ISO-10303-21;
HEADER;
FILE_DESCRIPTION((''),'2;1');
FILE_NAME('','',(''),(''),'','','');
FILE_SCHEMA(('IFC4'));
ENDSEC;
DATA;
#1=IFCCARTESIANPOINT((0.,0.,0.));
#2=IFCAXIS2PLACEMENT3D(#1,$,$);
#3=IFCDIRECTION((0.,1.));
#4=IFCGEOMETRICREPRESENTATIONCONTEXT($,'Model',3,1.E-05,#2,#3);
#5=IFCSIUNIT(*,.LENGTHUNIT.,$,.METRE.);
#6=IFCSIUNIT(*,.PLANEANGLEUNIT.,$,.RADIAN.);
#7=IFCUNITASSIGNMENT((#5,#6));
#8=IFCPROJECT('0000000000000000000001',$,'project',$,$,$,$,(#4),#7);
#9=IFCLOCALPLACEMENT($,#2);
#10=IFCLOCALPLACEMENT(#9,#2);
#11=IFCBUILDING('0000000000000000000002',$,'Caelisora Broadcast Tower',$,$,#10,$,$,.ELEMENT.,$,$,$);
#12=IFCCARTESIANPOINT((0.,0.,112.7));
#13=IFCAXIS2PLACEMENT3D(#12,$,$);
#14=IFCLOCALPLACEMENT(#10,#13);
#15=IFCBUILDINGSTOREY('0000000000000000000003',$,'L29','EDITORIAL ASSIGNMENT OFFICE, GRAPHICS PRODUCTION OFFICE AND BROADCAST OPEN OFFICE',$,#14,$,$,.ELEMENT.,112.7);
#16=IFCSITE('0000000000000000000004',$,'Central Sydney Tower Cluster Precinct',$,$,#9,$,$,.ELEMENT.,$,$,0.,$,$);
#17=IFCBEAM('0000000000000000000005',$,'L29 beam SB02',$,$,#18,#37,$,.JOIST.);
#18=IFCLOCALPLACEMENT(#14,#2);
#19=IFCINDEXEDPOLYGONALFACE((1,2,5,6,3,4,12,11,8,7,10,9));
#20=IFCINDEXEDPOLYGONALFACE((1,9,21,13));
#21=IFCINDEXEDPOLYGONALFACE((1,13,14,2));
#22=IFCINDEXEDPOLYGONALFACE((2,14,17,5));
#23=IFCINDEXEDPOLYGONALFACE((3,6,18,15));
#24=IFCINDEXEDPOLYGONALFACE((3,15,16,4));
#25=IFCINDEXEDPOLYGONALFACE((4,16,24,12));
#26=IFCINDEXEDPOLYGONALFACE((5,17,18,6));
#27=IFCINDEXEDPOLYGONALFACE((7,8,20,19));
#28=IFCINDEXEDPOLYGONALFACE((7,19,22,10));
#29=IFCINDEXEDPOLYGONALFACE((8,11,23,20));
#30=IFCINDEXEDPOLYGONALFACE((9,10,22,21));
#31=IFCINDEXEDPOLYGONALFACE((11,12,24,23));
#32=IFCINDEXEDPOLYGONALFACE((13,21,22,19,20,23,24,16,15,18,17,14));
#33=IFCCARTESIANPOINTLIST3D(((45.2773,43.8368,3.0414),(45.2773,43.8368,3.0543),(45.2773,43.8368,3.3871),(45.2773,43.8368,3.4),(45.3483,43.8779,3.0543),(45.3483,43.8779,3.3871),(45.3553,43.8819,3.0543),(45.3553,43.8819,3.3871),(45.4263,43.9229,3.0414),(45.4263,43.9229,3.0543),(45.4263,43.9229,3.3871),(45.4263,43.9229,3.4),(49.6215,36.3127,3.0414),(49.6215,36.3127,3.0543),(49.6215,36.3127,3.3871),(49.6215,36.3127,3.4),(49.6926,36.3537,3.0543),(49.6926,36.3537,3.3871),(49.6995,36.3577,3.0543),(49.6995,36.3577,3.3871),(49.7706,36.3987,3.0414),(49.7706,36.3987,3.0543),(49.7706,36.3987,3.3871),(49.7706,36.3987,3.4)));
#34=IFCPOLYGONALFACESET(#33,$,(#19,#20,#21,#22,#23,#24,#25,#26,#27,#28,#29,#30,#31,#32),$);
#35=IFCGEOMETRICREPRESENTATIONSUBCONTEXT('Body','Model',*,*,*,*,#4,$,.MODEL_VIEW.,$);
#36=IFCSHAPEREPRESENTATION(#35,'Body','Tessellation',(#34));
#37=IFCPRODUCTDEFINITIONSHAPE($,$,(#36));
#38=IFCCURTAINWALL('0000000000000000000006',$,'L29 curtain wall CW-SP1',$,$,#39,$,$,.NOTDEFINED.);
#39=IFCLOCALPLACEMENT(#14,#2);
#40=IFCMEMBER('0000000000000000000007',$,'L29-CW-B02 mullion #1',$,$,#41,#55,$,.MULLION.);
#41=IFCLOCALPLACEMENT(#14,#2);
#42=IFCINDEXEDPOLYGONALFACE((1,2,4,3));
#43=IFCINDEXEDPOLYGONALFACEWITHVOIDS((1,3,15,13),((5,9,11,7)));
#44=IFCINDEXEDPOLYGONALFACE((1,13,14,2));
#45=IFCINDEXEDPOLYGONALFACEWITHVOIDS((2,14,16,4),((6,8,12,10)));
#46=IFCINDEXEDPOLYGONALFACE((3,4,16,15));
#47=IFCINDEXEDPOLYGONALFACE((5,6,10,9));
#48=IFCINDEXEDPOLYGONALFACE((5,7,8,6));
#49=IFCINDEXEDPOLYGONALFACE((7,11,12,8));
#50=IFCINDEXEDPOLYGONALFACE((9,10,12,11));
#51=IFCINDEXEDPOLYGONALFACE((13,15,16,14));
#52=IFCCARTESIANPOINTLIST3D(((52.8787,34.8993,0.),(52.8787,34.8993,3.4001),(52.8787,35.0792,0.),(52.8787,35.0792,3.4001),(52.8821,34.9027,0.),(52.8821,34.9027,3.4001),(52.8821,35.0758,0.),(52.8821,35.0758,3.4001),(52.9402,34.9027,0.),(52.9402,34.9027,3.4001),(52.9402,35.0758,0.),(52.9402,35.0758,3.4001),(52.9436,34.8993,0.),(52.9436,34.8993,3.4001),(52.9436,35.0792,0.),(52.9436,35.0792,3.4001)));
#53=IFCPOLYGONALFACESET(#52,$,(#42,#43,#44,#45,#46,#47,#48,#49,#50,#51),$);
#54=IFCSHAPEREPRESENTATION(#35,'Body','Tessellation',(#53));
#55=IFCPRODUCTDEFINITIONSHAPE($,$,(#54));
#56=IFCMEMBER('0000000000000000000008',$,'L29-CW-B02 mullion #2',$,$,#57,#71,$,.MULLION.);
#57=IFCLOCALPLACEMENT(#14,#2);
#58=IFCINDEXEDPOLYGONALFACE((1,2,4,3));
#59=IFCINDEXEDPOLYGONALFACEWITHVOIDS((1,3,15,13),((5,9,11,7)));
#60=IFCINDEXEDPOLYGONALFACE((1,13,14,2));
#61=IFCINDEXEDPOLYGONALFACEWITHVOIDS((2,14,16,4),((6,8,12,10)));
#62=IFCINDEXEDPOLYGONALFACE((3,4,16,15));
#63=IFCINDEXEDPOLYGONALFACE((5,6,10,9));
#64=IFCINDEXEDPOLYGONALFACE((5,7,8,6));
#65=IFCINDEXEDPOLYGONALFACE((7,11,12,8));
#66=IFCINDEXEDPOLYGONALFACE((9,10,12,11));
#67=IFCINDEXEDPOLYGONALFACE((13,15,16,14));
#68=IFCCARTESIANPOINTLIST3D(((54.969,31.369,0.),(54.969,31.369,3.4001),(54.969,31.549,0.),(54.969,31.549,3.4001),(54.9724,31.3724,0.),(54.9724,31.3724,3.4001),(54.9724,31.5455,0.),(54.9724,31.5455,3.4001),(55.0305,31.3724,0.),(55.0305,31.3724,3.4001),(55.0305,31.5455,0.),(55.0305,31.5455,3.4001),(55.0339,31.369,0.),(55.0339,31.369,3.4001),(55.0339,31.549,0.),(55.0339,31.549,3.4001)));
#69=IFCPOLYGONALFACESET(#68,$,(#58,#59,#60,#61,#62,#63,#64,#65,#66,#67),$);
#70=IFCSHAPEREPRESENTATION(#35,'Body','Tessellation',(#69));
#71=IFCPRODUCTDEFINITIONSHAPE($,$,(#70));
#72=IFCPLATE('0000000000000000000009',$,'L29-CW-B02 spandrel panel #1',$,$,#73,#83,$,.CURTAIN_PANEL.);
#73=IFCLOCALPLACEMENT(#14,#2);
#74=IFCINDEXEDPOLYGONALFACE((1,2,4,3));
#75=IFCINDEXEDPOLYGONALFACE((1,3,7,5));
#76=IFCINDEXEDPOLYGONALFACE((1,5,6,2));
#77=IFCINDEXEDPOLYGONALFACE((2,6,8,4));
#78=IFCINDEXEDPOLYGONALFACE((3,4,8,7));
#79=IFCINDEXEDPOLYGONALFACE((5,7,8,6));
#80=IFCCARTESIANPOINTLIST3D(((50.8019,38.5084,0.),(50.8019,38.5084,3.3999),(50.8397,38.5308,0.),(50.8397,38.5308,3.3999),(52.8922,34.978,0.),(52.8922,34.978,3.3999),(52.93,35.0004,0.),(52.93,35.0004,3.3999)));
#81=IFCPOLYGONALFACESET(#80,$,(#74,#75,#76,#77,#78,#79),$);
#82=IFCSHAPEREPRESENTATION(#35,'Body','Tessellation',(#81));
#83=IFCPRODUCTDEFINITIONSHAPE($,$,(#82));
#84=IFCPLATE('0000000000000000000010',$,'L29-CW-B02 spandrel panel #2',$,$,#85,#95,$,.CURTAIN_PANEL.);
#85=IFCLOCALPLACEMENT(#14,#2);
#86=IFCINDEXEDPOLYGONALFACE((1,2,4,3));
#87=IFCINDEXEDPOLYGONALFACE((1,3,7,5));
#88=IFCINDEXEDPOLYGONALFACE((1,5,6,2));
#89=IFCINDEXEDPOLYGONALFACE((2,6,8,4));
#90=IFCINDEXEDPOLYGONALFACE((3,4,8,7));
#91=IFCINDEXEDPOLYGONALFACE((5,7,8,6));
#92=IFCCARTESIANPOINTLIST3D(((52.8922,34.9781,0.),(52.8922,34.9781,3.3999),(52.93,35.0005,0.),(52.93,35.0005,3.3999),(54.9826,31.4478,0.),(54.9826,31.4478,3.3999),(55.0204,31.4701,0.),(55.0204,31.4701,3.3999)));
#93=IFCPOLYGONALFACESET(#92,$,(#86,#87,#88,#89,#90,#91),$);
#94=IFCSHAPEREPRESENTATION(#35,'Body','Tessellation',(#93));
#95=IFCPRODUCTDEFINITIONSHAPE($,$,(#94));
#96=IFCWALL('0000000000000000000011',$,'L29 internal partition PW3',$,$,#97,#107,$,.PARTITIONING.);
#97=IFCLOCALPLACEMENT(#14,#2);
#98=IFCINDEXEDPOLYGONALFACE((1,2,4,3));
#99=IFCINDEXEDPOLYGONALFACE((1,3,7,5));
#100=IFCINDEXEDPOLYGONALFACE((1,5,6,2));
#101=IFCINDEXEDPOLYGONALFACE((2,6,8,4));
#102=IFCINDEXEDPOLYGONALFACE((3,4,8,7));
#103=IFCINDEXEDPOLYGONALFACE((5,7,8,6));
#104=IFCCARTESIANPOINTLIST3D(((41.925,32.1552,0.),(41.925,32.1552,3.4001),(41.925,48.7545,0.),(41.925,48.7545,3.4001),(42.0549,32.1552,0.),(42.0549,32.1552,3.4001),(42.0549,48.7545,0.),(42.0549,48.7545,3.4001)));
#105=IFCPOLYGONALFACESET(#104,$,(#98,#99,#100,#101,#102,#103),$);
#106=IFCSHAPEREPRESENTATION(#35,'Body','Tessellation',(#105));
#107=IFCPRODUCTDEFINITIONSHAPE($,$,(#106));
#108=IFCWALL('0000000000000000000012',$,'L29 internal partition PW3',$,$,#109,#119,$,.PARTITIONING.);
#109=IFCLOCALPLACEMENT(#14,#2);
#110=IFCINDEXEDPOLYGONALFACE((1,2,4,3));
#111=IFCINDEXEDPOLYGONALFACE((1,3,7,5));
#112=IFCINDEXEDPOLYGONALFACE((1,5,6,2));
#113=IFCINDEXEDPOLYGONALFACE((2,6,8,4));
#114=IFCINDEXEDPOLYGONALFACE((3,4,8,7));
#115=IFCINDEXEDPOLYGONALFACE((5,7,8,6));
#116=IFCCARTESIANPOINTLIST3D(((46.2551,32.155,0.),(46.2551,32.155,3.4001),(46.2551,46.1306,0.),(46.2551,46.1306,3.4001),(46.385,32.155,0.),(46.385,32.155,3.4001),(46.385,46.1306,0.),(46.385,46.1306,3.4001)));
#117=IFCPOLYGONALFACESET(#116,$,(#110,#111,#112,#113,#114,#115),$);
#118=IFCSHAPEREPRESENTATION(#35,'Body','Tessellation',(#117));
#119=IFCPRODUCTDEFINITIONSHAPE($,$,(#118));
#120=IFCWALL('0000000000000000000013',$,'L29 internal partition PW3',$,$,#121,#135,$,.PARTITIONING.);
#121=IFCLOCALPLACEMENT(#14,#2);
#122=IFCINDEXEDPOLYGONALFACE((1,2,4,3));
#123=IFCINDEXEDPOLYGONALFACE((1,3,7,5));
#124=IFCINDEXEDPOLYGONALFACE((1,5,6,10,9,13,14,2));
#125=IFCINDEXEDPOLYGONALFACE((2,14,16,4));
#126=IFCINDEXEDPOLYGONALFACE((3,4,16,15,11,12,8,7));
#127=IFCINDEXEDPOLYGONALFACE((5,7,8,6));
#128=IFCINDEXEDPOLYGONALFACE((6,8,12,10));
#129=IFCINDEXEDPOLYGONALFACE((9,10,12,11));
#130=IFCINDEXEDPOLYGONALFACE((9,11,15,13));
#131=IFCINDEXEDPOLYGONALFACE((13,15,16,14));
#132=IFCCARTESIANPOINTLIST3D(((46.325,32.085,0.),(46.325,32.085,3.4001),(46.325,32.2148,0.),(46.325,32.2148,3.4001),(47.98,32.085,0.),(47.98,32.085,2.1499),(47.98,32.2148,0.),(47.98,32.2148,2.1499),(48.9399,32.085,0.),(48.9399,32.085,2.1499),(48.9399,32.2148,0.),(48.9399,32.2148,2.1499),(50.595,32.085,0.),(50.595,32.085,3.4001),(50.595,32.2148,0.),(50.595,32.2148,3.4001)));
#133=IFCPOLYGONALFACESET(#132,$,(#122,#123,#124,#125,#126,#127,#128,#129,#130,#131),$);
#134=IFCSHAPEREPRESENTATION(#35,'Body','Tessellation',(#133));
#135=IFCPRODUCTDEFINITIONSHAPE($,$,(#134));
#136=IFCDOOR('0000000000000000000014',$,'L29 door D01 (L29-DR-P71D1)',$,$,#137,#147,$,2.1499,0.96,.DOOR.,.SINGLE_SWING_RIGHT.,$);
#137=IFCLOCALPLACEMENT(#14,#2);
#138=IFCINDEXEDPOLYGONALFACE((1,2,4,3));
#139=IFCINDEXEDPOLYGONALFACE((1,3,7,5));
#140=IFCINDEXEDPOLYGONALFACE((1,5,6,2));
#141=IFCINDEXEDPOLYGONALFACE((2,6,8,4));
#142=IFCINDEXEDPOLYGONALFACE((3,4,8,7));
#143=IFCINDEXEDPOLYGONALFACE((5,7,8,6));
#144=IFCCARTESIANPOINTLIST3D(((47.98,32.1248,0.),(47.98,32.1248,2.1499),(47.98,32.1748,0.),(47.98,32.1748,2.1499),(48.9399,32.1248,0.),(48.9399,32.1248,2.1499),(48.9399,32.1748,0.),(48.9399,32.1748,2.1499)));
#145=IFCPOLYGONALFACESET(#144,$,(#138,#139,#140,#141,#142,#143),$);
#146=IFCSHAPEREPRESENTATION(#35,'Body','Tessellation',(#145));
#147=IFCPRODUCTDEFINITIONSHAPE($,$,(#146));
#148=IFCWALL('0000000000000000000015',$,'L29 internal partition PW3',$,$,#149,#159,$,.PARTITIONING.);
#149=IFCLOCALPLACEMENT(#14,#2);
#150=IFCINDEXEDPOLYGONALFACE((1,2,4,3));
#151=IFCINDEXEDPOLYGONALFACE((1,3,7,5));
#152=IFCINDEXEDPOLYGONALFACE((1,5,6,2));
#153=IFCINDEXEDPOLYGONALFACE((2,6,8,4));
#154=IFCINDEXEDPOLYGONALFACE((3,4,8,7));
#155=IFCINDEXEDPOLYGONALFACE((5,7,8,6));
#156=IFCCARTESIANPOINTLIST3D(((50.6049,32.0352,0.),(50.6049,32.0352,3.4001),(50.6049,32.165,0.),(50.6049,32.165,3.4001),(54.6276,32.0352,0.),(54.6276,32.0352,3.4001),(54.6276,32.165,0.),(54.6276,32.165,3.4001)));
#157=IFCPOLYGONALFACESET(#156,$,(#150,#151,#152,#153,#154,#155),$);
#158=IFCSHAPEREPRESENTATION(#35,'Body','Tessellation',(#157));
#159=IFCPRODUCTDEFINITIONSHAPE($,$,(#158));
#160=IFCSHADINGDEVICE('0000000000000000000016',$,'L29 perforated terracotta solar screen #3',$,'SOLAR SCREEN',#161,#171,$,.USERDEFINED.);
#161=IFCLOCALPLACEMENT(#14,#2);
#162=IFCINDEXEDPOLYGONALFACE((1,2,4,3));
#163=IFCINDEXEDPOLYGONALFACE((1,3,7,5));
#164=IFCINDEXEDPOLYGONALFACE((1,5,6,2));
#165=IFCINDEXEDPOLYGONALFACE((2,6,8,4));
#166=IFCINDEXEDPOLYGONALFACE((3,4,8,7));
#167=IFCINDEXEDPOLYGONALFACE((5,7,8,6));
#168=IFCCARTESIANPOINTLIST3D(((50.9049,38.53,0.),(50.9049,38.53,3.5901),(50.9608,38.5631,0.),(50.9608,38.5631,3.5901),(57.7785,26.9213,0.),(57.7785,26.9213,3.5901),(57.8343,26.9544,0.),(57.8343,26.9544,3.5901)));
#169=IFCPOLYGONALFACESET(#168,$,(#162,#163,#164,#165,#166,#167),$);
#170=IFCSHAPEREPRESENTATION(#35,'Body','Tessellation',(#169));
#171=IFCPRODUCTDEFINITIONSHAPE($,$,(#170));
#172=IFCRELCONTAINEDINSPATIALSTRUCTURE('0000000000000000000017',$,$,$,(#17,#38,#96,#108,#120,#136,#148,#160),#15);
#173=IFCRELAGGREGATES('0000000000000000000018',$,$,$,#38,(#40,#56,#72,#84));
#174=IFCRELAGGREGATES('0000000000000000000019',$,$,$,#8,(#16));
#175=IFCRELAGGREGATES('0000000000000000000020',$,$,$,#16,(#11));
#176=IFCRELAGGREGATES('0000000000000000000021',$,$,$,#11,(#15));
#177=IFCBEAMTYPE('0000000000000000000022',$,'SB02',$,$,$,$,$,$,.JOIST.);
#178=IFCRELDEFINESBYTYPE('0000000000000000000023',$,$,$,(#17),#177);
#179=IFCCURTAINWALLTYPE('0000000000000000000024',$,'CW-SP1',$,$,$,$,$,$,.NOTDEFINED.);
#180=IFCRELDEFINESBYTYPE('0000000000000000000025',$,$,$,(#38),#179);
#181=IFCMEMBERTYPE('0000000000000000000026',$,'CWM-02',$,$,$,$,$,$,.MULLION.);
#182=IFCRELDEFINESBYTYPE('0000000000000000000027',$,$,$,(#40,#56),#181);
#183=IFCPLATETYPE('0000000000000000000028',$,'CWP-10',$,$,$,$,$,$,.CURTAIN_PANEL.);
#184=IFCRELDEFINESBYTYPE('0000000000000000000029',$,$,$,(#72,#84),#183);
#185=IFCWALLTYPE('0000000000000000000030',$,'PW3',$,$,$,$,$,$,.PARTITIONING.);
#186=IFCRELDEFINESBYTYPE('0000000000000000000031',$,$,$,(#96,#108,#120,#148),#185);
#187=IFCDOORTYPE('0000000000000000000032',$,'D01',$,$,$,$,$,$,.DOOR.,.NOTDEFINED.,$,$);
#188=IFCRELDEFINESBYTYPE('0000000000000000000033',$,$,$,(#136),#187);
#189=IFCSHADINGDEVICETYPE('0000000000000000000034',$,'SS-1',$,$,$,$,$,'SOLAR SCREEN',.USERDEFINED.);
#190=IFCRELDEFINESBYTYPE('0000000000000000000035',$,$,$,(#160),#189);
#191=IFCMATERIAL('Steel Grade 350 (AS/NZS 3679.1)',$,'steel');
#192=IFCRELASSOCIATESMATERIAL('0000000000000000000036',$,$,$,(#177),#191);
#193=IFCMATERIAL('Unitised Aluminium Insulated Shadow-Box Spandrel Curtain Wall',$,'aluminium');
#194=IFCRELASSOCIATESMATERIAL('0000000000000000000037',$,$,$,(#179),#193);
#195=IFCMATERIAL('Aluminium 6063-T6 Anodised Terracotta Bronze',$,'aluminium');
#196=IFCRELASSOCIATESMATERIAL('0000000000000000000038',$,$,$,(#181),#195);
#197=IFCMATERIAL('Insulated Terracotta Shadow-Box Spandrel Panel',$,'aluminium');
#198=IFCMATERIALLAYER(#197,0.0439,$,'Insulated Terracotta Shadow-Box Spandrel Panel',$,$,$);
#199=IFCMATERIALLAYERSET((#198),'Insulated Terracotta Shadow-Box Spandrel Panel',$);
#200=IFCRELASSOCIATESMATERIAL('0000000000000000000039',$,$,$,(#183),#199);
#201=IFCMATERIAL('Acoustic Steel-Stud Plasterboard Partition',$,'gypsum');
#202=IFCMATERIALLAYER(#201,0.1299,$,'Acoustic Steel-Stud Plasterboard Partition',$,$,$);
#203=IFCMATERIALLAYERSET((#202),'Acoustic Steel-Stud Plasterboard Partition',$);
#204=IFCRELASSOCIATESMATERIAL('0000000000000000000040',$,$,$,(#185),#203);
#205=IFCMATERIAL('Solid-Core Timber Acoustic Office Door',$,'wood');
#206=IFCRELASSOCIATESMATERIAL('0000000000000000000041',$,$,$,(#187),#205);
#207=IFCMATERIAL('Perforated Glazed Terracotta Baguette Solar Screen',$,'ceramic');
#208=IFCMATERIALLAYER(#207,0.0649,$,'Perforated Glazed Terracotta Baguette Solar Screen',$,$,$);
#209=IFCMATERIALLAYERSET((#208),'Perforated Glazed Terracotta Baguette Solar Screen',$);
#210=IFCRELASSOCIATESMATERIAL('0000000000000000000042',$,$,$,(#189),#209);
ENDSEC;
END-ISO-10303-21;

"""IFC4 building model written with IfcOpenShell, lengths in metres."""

from ifc_helpers import new_model, si_unit, direction, frame, frame_2d, origin, origin_2d, place, context, subcontext, project, spatial, rectangle, hollow_rectangle, i_section, extrude, source, transform, mapped, material, layer, layer_set, material_profile, profile_set, type_object, type_shapes, element, fill, aggregate, save


model = new_model("IFC4")

# Units and contexts
model_context = context("Model", 3, precision=1e-05, world=origin(), true_north=direction((0.0, 1.0)))
body_context = subcontext(model_context, "Body", "Model", "MODEL_VIEW")
ifc_project = project(units=[si_unit("LENGTHUNIT", "METRE"), si_unit("PLANEANGLEUNIT", "RADIAN")], contexts=[model_context])

# Site, building, storey
site_placement = place(None, origin())
site = spatial("IfcSite", under=ifc_project, at=site_placement, Name="Central Sydney Tower Cluster Precinct", CompositionType="ELEMENT", RefElevation=0.0)
building_placement = place(site_placement, origin())
building = spatial("IfcBuilding", under=site, at=building_placement, Name="Caelisora Broadcast Tower", CompositionType="ELEMENT")
storey_placement = place(building_placement, frame((0.0, 0.0, 112.7)))
storey = spatial("IfcBuildingStorey", under=building, at=storey_placement, Name="L29", Description="EDITORIAL ASSIGNMENT OFFICE, GRAPHICS PRODUCTION OFFICE AND BROADCAST OPEN OFFICE", CompositionType="ELEMENT", Elevation=112.7)

# Beam
ifc_material_1 = material(Name="Steel Grade 350 (AS/NZS 3679.1)", Category="steel")
ifc_material_profile_1 = material_profile(ifc_material_1, i_section(OverallWidth=0.1721, OverallDepth=0.3586, WebThickness=0.0081, FlangeThickness=0.0129, at=origin_2d()), Name="Steel Grade 350 (AS/NZS 3679.1)")
ifc_profile_set_1 = profile_set([ifc_material_profile_1], Name="Steel Grade 350 (AS/NZS 3679.1)")
beam_type_1 = type_object("IfcBeamType", Name="SB02", PredefinedType="JOIST", material=ifc_profile_set_1)
shared_shape_1 = source(origin(), body_context, "Body", "SweptSolid", [
    extrude(i_section(OverallWidth=0.1721, OverallDepth=0.3586, WebThickness=0.0081, FlangeThickness=0.0129, at=origin_2d()), origin(), (0.0, 0.0, 1.0), 8.6882),
])
beam_1_placement = place(storey_placement, frame((49.696, 36.3557, 3.2207), z_axis=(-0.500014, 0.866018, 0.0), x_axis=(-0.866018, -0.500014, 0.0)))
element("IfcBeam", 1, at=beam_1_placement, inside=storey, type_object=beam_type_1, Name="L29 beam SB02", PredefinedType="JOIST", context=body_context, shape_type="MappedRepresentation", body=[
    mapped(shared_shape_1, transform((0.0, 0.0, 0.0), scale=1.0)),
])

# Curtain wall, members, plates
ifc_material_2 = material(Name="Unitised Aluminium Insulated Shadow-Box Spandrel Curtain Wall", Category="aluminium")
curtain_wall_type = type_object("IfcCurtainWallType", Name="CW-SP1", PredefinedType="NOTDEFINED", material=ifc_material_2)
curtain_wall_placement = place(storey_placement, origin())
curtain_wall = element("IfcCurtainWall", 2, at=curtain_wall_placement, inside=storey, type_object=curtain_wall_type, Name="L29 curtain wall CW-SP1", PredefinedType="NOTDEFINED")
ifc_material_3 = material(Name="Aluminium 6063-T6 Anodised Terracotta Bronze", Category="aluminium")
ifc_material_profile_2 = material_profile(ifc_material_3, hollow_rectangle(XDim=0.0649, YDim=0.1799, WallThickness=0.0034, at=origin_2d()), Name="Aluminium 6063-T6 Anodised Terracotta Bronze")
ifc_profile_set_2 = profile_set([ifc_material_profile_2], Name="Aluminium 6063-T6 Anodised Terracotta Bronze")
member_type = type_object("IfcMemberType", Name="CWM-02", PredefinedType="MULLION", material=ifc_profile_set_2)
shared_shape_2 = source(origin(), body_context, "Body", "SweptSolid", [
    extrude(hollow_rectangle(XDim=0.0649, YDim=0.1799, WallThickness=0.0034, at=origin_2d()), origin(), (0.0, 0.0, 1.0), 3.4001),
])
type_shapes(member_type, [shared_shape_2])
member_1_placement = place(storey_placement, frame((52.9111, 34.9893, 0.0), z_axis=(0.0, 0.0, 1.0), x_axis=(1.0, 0.0, 0.0)))
member_1 = element("IfcMember", 3, at=member_1_placement, type_object=member_type, Name="L29-CW-B02 mullion #1", PredefinedType="MULLION", context=body_context, shape_type="MappedRepresentation", body=[
    mapped(shared_shape_2, transform((0.0, 0.0, 0.0), scale=1.0)),
])
member_2_placement = place(storey_placement, frame((55.0015, 31.459, 0.0), z_axis=(0.0, 0.0, 1.0), x_axis=(1.0, 0.0, 0.0)))
member_2 = element("IfcMember", 4, at=member_2_placement, type_object=member_type, Name="L29-CW-B02 mullion #2", PredefinedType="MULLION", context=body_context, shape_type="MappedRepresentation", body=[
    mapped(shared_shape_2, transform((0.0, 0.0, 0.0), scale=1.0)),
])
ifc_material_4 = material(Name="Insulated Terracotta Shadow-Box Spandrel Panel", Category="aluminium")
ifc_layer_1 = layer(ifc_material_4, 0.0439, Name="Insulated Terracotta Shadow-Box Spandrel Panel")
ifc_layer_set_1 = layer_set([ifc_layer_1], Name="Insulated Terracotta Shadow-Box Spandrel Panel")
plate_type = type_object("IfcPlateType", Name="CWP-10", PredefinedType="CURTAIN_PANEL", material=ifc_layer_set_1)
shared_shape_3 = source(origin(), body_context, "Body", "SweptSolid", [
    extrude(rectangle(XDim=4.1028, YDim=0.0439, at=origin_2d()), origin(), (0.0, 0.0, 1.0), 3.3999),
])
type_shapes(plate_type, [shared_shape_3])
plate_1_placement = place(storey_placement, frame((51.866, 36.7544, 0.0), z_axis=(0.0, 0.0, 1.0), x_axis=(0.509492, -0.860475, 0.0)))
plate_1 = element("IfcPlate", 5, at=plate_1_placement, type_object=plate_type, Name="L29-CW-B02 spandrel panel #1", PredefinedType="CURTAIN_PANEL", context=body_context, shape_type="MappedRepresentation", body=[
    mapped(shared_shape_3, transform((0.0, 0.0, 0.0), scale=1.0)),
])
plate_2_placement = place(storey_placement, frame((53.9563, 33.2241, 0.0), z_axis=(0.0, 0.0, 1.0), x_axis=(0.509492, -0.860475, 0.0)))
plate_2 = element("IfcPlate", 6, at=plate_2_placement, type_object=plate_type, Name="L29-CW-B02 spandrel panel #2", PredefinedType="CURTAIN_PANEL", context=body_context, shape_type="MappedRepresentation", body=[
    mapped(shared_shape_3, transform((0.0, 0.0, 0.0), scale=1.0)),
])
aggregate(curtain_wall, [member_1, member_2, plate_1, plate_2])

# Walls
ifc_material_5 = material(Name="Acoustic Steel-Stud Plasterboard Partition", Category="gypsum")
ifc_layer_2 = layer(ifc_material_5, 0.1299, Name="Acoustic Steel-Stud Plasterboard Partition")
ifc_layer_set_2 = layer_set([ifc_layer_2], Name="Acoustic Steel-Stud Plasterboard Partition")
wall_type_1 = type_object("IfcWallType", Name="PW3", PredefinedType="PARTITIONING", material=ifc_layer_set_2)
wall_1_placement = place(storey_placement, frame((41.99, 32.155, 0.0), z_axis=(0.0, 0.0, 1.0), x_axis=(0.0, 1.0, 0.0)))
element("IfcWall", 7, at=wall_1_placement, inside=storey, type_object=wall_type_1, Name="L29 internal partition PW3", PredefinedType="PARTITIONING", context=body_context, shape_type="SweptSolid", body=[
    extrude(rectangle(XDim=16.5994, YDim=0.1299, at=frame_2d((8.2998, 0.0))), origin(), (0.0, 0.0, 1.0), 3.4001),
])
wall_2_placement = place(storey_placement, frame((46.3201, 32.155, 0.0), z_axis=(0.0, 0.0, 1.0), x_axis=(0.0, 1.0, 0.0)))
element("IfcWall", 8, at=wall_2_placement, inside=storey, type_object=wall_type_1, Name="L29 internal partition PW3", PredefinedType="PARTITIONING", context=body_context, shape_type="SweptSolid", body=[
    extrude(rectangle(XDim=13.9756, YDim=0.1299, at=frame_2d((6.9878, 0.0))), origin(), (0.0, 0.0, 1.0), 3.4001),
])

# Wall, opening, door
ifc_material_6 = material(Name="Solid-Core Timber Acoustic Office Door", Category="wood")
door_type_1 = type_object("IfcDoorType", Name="D01", OperationType="NOTDEFINED", PredefinedType="DOOR", material=ifc_material_6)
wall_3_placement = place(storey_placement, frame((46.325, 32.1499, 0.0), z_axis=(0.0, 0.0, 1.0), x_axis=(1.0, 0.0, 0.0)))
wall_3 = element("IfcWall", 9, at=wall_3_placement, inside=storey, type_object=wall_type_1, Name="L29 internal partition PW3", PredefinedType="PARTITIONING", context=body_context, shape_type="SweptSolid", body=[
    extrude(rectangle(XDim=4.27, YDim=0.1299, at=frame_2d((2.135, 0.0))), origin(), (0.0, 0.0, 1.0), 3.4001),
])
opening_1_placement = place(wall_3_placement, frame((1.655, 0.0, 0.0)))
opening_1 = element("IfcOpeningElement", 10, at=opening_1_placement, cuts=wall_3, PredefinedType="OPENING", context=body_context, shape_type="SweptSolid", body=[
    extrude(rectangle(XDim=0.96, YDim=2.1499, at=frame_2d((0.48, 1.075))), frame((0.0, 0.0769, 0.0), z_axis=(0.0, -1.0, 0.0), x_axis=(1.0, 0.0, 0.0)), (0.0, 0.0, 1.0), 0.1538),
])
door_1_placement = place(opening_1_placement, origin())
door_1 = element("IfcDoor", 11, at=door_1_placement, inside=storey, type_object=door_type_1, Name="L29 door D01 (L29-DR-P71D1)", OperationType="SINGLE_SWING_RIGHT", OverallHeight=2.1499, OverallWidth=0.96, PredefinedType="DOOR", context=body_context, shape_type="SweptSolid", body=[
    extrude(rectangle(XDim=0.96, YDim=2.1499, at=frame_2d((0.48, 1.075))), frame((0.0, 0.0249, 0.0), z_axis=(0.0, -1.0, 0.0), x_axis=(1.0, 0.0, 0.0)), (0.0, 0.0, 1.0), 0.05),
])
fill(opening_1, door_1)

# Wall
wall_4_placement = place(storey_placement, frame((50.605, 32.1001, 0.0), z_axis=(0.0, 0.0, 1.0), x_axis=(1.0, 0.0, 0.0)))
element("IfcWall", 12, at=wall_4_placement, inside=storey, type_object=wall_type_1, Name="L29 internal partition PW3", PredefinedType="PARTITIONING", context=body_context, shape_type="SweptSolid", body=[
    extrude(rectangle(XDim=4.0227, YDim=0.1299, at=frame_2d((2.0112, 0.0))), origin(), (0.0, 0.0, 1.0), 3.4001),
])

# Shading device
ifc_material_7 = material(Name="Perforated Glazed Terracotta Baguette Solar Screen", Category="ceramic")
ifc_layer_3 = layer(ifc_material_7, 0.0649, Name="Perforated Glazed Terracotta Baguette Solar Screen")
ifc_layer_set_3 = layer_set([ifc_layer_3], Name="Perforated Glazed Terracotta Baguette Solar Screen")
shading_device_type = type_object("IfcShadingDeviceType", Name="SS-1", ElementType="SOLAR SCREEN", PredefinedType="USERDEFINED", material=ifc_layer_set_3)
shared_shape_4 = source(origin(), body_context, "Body", "SweptSolid", [
    extrude(rectangle(XDim=13.491, YDim=0.0649, at=origin_2d()), origin(), (0.0, 0.0, 1.0), 3.5901),
])
type_shapes(shading_device_type, [shared_shape_4])
shading_device_placement = place(storey_placement, frame((54.3696, 32.7422, 0.0), z_axis=(0.0, 0.0, 1.0), x_axis=(-0.509492, 0.860475, 0.0)))
element("IfcShadingDevice", 13, at=shading_device_placement, inside=storey, type_object=shading_device_type, Name="L29 perforated terracotta solar screen #3", ObjectType="SOLAR SCREEN", PredefinedType="USERDEFINED", context=body_context, shape_type="MappedRepresentation", body=[
    mapped(shared_shape_4, transform((0.0, 0.0, 0.0), scale=1.0)),
])

save(model, "model.ifc")
